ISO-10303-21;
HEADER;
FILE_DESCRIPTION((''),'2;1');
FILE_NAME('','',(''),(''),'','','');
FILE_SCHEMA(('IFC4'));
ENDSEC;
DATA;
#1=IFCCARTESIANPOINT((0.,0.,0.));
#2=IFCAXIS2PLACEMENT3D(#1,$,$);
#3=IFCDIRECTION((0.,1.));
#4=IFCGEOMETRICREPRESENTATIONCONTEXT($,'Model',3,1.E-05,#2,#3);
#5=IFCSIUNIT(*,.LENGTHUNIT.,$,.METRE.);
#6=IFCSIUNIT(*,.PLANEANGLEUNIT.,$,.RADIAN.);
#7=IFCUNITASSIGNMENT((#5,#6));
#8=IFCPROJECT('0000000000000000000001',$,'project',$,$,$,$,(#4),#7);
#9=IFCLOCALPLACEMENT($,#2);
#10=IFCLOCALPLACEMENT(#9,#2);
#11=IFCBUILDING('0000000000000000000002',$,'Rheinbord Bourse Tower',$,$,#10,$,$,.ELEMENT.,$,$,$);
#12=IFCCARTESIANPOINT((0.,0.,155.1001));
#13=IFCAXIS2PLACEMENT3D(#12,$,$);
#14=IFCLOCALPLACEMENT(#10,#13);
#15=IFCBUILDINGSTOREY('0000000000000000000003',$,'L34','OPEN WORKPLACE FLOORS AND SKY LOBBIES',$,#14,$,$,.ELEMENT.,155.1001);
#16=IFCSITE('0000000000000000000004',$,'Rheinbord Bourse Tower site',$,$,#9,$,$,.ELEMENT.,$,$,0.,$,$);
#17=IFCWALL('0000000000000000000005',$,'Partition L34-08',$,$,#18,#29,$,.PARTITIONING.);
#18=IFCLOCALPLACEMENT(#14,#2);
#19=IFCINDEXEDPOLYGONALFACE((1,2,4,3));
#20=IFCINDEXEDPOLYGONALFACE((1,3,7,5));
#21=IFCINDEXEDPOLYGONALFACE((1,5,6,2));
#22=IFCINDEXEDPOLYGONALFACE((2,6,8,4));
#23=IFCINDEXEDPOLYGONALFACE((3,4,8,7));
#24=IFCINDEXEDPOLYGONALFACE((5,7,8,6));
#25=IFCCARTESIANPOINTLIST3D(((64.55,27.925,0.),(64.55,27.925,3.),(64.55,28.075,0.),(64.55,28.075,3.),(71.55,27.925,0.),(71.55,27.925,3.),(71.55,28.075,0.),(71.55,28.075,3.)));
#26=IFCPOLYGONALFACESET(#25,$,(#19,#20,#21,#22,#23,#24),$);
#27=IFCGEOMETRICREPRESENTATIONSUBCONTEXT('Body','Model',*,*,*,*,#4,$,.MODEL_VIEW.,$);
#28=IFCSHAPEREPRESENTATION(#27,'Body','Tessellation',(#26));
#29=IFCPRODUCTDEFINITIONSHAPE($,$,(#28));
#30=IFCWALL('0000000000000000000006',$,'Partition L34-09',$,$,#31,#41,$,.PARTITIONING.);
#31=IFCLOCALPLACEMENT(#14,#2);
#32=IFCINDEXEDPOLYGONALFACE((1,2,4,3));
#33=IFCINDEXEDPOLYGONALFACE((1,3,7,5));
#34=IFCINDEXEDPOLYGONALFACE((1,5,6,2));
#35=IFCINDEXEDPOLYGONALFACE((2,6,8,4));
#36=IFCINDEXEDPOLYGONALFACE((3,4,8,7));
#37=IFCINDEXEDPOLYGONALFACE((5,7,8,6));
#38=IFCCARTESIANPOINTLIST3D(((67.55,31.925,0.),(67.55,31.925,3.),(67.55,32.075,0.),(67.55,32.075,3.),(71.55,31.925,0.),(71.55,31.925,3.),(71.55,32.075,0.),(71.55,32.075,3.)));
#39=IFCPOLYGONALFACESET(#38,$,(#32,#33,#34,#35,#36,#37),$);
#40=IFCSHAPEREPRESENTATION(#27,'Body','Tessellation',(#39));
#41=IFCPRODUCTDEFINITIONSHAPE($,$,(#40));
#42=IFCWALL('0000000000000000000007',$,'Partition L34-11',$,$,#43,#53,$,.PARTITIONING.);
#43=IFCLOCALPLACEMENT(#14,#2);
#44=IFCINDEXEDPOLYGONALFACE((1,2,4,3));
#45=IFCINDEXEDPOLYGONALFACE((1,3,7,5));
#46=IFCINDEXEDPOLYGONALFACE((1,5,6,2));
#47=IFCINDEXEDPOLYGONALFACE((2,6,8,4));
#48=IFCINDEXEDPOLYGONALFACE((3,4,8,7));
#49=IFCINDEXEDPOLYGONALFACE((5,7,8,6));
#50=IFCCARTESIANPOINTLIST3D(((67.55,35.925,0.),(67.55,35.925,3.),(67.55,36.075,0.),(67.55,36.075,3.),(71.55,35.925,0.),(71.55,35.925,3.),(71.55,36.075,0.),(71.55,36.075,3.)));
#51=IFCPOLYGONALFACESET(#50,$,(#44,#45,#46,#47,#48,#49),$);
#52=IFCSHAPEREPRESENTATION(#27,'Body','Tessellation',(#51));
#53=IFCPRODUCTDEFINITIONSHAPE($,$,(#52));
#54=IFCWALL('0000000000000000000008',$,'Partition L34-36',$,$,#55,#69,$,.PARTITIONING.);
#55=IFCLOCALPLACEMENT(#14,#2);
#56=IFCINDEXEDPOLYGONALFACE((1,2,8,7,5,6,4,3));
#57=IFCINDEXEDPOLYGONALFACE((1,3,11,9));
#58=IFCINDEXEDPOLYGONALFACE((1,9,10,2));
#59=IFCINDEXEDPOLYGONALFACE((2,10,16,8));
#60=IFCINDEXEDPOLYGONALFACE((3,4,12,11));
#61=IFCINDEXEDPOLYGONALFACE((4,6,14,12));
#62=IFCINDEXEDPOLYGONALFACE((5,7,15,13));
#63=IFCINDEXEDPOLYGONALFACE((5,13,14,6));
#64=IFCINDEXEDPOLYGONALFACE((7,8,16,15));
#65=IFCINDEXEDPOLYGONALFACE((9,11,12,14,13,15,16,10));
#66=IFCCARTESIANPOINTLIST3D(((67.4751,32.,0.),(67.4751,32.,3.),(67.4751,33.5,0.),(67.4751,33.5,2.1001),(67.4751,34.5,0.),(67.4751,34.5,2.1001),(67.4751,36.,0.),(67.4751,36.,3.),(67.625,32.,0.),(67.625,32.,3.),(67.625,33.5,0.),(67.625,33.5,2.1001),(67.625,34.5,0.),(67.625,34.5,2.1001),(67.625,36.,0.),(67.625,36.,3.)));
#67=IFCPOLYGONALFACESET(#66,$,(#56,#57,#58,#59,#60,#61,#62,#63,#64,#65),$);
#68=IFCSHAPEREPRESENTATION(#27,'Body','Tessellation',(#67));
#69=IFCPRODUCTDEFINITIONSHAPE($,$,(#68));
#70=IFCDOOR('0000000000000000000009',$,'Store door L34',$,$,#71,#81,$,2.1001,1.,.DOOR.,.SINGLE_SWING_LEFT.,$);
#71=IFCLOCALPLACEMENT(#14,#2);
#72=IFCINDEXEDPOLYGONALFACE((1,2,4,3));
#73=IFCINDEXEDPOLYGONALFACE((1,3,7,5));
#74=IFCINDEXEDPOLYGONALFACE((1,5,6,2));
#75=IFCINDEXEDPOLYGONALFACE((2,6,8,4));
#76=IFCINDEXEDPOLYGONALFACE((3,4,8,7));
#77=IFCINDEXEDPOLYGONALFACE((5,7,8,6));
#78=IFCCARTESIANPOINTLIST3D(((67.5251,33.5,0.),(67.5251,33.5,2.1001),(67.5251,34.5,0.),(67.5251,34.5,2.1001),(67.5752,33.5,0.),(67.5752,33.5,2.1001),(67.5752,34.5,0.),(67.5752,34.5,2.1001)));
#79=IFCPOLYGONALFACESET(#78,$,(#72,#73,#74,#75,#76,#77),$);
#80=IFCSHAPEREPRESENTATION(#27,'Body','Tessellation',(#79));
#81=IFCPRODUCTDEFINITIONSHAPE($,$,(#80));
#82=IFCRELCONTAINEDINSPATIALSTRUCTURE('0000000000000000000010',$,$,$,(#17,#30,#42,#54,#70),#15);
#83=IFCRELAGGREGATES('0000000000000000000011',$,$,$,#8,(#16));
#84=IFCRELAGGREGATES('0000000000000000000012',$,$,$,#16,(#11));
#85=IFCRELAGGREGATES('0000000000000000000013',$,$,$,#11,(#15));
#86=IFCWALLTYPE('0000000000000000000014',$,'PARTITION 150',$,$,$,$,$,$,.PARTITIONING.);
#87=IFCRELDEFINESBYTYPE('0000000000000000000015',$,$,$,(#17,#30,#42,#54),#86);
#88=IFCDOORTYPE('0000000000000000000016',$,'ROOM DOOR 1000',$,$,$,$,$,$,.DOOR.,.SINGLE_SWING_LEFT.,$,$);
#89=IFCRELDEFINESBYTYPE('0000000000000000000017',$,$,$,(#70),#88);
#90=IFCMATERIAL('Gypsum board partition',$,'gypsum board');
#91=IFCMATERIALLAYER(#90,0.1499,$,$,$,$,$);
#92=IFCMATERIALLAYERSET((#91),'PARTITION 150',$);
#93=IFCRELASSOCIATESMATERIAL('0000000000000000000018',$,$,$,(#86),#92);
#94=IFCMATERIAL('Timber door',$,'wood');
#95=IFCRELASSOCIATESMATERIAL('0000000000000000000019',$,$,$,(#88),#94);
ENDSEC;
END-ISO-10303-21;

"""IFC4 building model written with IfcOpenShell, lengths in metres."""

from ifc_helpers import new_model, si_unit, direction, frame, frame_2d, origin, place, context, subcontext, project, spatial, rectangle, extrude, material, layer, layer_set, type_object, element, fill, save


model = new_model("IFC4")

# Units and contexts
model_context = context("Model", 3, precision=1e-05, world=origin(), true_north=direction((0.0, 1.0)))
body_context = subcontext(model_context, "Body", "Model", "MODEL_VIEW")
ifc_project = project(units=[si_unit("LENGTHUNIT", "METRE"), si_unit("PLANEANGLEUNIT", "RADIAN")], contexts=[model_context])

# Site, building, storey
site_placement = place(None, origin())
site = spatial("IfcSite", under=ifc_project, at=site_placement, Name="Rheinbord Bourse Tower site", CompositionType="ELEMENT", RefElevation=0.0)
building_placement = place(site_placement, origin())
building = spatial("IfcBuilding", under=site, at=building_placement, Name="Rheinbord Bourse Tower", CompositionType="ELEMENT")
storey_placement = place(building_placement, frame((0.0, 0.0, 155.1001)))
storey = spatial("IfcBuildingStorey", under=building, at=storey_placement, Name="L34", Description="OPEN WORKPLACE FLOORS AND SKY LOBBIES", CompositionType="ELEMENT", Elevation=155.1001)

# Walls
ifc_material_1 = material(Name="Gypsum board partition", Category="gypsum board")
ifc_layer_1 = layer(ifc_material_1, 0.1499)
ifc_layer_set_1 = layer_set([ifc_layer_1], Name="PARTITION 150")
wall_type_1 = type_object("IfcWallType", Name="PARTITION 150", PredefinedType="PARTITIONING", material=ifc_layer_set_1)
wall_1_placement = place(storey_placement, frame((64.55, 28.0, 0.0), z_axis=(0.0, 0.0, 1.0), x_axis=(1.0, 0.0, 0.0)))
element("IfcWall", 1, at=wall_1_placement, inside=storey, type_object=wall_type_1, Name="Partition L34-08", PredefinedType="PARTITIONING", context=body_context, shape_type="SweptSolid", body=[
    extrude(rectangle(XDim=7.0, YDim=0.1499, at=frame_2d((3.5, 0.0))), origin(), (0.0, 0.0, 1.0), 3.0),
])
for number, where, z_axis, x_axis, name in (
    (2, (67.55, 32.0, 0.0), (0.0, 0.0, 1.0), (1.0, 0.0, 0.0), "Partition L34-09"),
    (3, (67.55, 36.0, 0.0), (0.0, 0.0, 1.0), (1.0, 0.0, 0.0), "Partition L34-11"),
):
    element("IfcWall", number, at=place(storey_placement, frame(where, z_axis=z_axis, x_axis=x_axis)), inside=storey, type_object=wall_type_1, Name=name, PredefinedType="PARTITIONING", context=body_context, shape_type="SweptSolid", body=[
        extrude(rectangle(XDim=4.0, YDim=0.1499, at=frame_2d((2.0, 0.0))), origin(), (0.0, 0.0, 1.0), 3.0),
    ])

# Wall, opening, door
wall_2_placement = place(storey_placement, frame((67.55, 32.0, 0.0), z_axis=(0.0, 0.0, 1.0), x_axis=(0.0, 1.0, 0.0)))
wall_2 = element("IfcWall", 4, at=wall_2_placement, inside=storey, type_object=wall_type_1, Name="Partition L34-36", PredefinedType="PARTITIONING", context=body_context, shape_type="SweptSolid", body=[
    extrude(rectangle(XDim=4.0, YDim=0.1499, at=frame_2d((2.0, 0.0))), origin(), (0.0, 0.0, 1.0), 3.0),
])
opening_placement = place(wall_2_placement, frame((1.5, 0.0, 0.0)))
opening = element("IfcOpeningElement", 5, at=opening_placement, cuts=wall_2, PredefinedType="OPENING", context=body_context, shape_type="SweptSolid", body=[
    extrude(rectangle(XDim=1.0, YDim=2.1001, at=frame_2d((0.5, 1.05))), frame((0.0, 0.085, 0.0), z_axis=(0.0, -1.0, 0.0), x_axis=(1.0, 0.0, 0.0)), (0.0, 0.0, 1.0), 0.1699),
])
ifc_material_2 = material(Name="Timber door", Category="wood")
door_type = type_object("IfcDoorType", Name="ROOM DOOR 1000", OperationType="SINGLE_SWING_LEFT", PredefinedType="DOOR", material=ifc_material_2)
door_placement = place(opening_placement, origin())
door = element("IfcDoor", 6, at=door_placement, inside=storey, type_object=door_type, Name="Store door L34", OperationType="SINGLE_SWING_LEFT", OverallHeight=2.1001, OverallWidth=1.0, PredefinedType="DOOR", context=body_context, shape_type="SweptSolid", body=[
    extrude(rectangle(XDim=1.0, YDim=2.1001, at=frame_2d((0.5, 1.05))), frame((0.0, 0.0249, 0.0), z_axis=(0.0, -1.0, 0.0), x_axis=(1.0, 0.0, 0.0)), (0.0, 0.0, 1.0), 0.05),
])
fill(opening, door)

save(model, "model.ifc")
